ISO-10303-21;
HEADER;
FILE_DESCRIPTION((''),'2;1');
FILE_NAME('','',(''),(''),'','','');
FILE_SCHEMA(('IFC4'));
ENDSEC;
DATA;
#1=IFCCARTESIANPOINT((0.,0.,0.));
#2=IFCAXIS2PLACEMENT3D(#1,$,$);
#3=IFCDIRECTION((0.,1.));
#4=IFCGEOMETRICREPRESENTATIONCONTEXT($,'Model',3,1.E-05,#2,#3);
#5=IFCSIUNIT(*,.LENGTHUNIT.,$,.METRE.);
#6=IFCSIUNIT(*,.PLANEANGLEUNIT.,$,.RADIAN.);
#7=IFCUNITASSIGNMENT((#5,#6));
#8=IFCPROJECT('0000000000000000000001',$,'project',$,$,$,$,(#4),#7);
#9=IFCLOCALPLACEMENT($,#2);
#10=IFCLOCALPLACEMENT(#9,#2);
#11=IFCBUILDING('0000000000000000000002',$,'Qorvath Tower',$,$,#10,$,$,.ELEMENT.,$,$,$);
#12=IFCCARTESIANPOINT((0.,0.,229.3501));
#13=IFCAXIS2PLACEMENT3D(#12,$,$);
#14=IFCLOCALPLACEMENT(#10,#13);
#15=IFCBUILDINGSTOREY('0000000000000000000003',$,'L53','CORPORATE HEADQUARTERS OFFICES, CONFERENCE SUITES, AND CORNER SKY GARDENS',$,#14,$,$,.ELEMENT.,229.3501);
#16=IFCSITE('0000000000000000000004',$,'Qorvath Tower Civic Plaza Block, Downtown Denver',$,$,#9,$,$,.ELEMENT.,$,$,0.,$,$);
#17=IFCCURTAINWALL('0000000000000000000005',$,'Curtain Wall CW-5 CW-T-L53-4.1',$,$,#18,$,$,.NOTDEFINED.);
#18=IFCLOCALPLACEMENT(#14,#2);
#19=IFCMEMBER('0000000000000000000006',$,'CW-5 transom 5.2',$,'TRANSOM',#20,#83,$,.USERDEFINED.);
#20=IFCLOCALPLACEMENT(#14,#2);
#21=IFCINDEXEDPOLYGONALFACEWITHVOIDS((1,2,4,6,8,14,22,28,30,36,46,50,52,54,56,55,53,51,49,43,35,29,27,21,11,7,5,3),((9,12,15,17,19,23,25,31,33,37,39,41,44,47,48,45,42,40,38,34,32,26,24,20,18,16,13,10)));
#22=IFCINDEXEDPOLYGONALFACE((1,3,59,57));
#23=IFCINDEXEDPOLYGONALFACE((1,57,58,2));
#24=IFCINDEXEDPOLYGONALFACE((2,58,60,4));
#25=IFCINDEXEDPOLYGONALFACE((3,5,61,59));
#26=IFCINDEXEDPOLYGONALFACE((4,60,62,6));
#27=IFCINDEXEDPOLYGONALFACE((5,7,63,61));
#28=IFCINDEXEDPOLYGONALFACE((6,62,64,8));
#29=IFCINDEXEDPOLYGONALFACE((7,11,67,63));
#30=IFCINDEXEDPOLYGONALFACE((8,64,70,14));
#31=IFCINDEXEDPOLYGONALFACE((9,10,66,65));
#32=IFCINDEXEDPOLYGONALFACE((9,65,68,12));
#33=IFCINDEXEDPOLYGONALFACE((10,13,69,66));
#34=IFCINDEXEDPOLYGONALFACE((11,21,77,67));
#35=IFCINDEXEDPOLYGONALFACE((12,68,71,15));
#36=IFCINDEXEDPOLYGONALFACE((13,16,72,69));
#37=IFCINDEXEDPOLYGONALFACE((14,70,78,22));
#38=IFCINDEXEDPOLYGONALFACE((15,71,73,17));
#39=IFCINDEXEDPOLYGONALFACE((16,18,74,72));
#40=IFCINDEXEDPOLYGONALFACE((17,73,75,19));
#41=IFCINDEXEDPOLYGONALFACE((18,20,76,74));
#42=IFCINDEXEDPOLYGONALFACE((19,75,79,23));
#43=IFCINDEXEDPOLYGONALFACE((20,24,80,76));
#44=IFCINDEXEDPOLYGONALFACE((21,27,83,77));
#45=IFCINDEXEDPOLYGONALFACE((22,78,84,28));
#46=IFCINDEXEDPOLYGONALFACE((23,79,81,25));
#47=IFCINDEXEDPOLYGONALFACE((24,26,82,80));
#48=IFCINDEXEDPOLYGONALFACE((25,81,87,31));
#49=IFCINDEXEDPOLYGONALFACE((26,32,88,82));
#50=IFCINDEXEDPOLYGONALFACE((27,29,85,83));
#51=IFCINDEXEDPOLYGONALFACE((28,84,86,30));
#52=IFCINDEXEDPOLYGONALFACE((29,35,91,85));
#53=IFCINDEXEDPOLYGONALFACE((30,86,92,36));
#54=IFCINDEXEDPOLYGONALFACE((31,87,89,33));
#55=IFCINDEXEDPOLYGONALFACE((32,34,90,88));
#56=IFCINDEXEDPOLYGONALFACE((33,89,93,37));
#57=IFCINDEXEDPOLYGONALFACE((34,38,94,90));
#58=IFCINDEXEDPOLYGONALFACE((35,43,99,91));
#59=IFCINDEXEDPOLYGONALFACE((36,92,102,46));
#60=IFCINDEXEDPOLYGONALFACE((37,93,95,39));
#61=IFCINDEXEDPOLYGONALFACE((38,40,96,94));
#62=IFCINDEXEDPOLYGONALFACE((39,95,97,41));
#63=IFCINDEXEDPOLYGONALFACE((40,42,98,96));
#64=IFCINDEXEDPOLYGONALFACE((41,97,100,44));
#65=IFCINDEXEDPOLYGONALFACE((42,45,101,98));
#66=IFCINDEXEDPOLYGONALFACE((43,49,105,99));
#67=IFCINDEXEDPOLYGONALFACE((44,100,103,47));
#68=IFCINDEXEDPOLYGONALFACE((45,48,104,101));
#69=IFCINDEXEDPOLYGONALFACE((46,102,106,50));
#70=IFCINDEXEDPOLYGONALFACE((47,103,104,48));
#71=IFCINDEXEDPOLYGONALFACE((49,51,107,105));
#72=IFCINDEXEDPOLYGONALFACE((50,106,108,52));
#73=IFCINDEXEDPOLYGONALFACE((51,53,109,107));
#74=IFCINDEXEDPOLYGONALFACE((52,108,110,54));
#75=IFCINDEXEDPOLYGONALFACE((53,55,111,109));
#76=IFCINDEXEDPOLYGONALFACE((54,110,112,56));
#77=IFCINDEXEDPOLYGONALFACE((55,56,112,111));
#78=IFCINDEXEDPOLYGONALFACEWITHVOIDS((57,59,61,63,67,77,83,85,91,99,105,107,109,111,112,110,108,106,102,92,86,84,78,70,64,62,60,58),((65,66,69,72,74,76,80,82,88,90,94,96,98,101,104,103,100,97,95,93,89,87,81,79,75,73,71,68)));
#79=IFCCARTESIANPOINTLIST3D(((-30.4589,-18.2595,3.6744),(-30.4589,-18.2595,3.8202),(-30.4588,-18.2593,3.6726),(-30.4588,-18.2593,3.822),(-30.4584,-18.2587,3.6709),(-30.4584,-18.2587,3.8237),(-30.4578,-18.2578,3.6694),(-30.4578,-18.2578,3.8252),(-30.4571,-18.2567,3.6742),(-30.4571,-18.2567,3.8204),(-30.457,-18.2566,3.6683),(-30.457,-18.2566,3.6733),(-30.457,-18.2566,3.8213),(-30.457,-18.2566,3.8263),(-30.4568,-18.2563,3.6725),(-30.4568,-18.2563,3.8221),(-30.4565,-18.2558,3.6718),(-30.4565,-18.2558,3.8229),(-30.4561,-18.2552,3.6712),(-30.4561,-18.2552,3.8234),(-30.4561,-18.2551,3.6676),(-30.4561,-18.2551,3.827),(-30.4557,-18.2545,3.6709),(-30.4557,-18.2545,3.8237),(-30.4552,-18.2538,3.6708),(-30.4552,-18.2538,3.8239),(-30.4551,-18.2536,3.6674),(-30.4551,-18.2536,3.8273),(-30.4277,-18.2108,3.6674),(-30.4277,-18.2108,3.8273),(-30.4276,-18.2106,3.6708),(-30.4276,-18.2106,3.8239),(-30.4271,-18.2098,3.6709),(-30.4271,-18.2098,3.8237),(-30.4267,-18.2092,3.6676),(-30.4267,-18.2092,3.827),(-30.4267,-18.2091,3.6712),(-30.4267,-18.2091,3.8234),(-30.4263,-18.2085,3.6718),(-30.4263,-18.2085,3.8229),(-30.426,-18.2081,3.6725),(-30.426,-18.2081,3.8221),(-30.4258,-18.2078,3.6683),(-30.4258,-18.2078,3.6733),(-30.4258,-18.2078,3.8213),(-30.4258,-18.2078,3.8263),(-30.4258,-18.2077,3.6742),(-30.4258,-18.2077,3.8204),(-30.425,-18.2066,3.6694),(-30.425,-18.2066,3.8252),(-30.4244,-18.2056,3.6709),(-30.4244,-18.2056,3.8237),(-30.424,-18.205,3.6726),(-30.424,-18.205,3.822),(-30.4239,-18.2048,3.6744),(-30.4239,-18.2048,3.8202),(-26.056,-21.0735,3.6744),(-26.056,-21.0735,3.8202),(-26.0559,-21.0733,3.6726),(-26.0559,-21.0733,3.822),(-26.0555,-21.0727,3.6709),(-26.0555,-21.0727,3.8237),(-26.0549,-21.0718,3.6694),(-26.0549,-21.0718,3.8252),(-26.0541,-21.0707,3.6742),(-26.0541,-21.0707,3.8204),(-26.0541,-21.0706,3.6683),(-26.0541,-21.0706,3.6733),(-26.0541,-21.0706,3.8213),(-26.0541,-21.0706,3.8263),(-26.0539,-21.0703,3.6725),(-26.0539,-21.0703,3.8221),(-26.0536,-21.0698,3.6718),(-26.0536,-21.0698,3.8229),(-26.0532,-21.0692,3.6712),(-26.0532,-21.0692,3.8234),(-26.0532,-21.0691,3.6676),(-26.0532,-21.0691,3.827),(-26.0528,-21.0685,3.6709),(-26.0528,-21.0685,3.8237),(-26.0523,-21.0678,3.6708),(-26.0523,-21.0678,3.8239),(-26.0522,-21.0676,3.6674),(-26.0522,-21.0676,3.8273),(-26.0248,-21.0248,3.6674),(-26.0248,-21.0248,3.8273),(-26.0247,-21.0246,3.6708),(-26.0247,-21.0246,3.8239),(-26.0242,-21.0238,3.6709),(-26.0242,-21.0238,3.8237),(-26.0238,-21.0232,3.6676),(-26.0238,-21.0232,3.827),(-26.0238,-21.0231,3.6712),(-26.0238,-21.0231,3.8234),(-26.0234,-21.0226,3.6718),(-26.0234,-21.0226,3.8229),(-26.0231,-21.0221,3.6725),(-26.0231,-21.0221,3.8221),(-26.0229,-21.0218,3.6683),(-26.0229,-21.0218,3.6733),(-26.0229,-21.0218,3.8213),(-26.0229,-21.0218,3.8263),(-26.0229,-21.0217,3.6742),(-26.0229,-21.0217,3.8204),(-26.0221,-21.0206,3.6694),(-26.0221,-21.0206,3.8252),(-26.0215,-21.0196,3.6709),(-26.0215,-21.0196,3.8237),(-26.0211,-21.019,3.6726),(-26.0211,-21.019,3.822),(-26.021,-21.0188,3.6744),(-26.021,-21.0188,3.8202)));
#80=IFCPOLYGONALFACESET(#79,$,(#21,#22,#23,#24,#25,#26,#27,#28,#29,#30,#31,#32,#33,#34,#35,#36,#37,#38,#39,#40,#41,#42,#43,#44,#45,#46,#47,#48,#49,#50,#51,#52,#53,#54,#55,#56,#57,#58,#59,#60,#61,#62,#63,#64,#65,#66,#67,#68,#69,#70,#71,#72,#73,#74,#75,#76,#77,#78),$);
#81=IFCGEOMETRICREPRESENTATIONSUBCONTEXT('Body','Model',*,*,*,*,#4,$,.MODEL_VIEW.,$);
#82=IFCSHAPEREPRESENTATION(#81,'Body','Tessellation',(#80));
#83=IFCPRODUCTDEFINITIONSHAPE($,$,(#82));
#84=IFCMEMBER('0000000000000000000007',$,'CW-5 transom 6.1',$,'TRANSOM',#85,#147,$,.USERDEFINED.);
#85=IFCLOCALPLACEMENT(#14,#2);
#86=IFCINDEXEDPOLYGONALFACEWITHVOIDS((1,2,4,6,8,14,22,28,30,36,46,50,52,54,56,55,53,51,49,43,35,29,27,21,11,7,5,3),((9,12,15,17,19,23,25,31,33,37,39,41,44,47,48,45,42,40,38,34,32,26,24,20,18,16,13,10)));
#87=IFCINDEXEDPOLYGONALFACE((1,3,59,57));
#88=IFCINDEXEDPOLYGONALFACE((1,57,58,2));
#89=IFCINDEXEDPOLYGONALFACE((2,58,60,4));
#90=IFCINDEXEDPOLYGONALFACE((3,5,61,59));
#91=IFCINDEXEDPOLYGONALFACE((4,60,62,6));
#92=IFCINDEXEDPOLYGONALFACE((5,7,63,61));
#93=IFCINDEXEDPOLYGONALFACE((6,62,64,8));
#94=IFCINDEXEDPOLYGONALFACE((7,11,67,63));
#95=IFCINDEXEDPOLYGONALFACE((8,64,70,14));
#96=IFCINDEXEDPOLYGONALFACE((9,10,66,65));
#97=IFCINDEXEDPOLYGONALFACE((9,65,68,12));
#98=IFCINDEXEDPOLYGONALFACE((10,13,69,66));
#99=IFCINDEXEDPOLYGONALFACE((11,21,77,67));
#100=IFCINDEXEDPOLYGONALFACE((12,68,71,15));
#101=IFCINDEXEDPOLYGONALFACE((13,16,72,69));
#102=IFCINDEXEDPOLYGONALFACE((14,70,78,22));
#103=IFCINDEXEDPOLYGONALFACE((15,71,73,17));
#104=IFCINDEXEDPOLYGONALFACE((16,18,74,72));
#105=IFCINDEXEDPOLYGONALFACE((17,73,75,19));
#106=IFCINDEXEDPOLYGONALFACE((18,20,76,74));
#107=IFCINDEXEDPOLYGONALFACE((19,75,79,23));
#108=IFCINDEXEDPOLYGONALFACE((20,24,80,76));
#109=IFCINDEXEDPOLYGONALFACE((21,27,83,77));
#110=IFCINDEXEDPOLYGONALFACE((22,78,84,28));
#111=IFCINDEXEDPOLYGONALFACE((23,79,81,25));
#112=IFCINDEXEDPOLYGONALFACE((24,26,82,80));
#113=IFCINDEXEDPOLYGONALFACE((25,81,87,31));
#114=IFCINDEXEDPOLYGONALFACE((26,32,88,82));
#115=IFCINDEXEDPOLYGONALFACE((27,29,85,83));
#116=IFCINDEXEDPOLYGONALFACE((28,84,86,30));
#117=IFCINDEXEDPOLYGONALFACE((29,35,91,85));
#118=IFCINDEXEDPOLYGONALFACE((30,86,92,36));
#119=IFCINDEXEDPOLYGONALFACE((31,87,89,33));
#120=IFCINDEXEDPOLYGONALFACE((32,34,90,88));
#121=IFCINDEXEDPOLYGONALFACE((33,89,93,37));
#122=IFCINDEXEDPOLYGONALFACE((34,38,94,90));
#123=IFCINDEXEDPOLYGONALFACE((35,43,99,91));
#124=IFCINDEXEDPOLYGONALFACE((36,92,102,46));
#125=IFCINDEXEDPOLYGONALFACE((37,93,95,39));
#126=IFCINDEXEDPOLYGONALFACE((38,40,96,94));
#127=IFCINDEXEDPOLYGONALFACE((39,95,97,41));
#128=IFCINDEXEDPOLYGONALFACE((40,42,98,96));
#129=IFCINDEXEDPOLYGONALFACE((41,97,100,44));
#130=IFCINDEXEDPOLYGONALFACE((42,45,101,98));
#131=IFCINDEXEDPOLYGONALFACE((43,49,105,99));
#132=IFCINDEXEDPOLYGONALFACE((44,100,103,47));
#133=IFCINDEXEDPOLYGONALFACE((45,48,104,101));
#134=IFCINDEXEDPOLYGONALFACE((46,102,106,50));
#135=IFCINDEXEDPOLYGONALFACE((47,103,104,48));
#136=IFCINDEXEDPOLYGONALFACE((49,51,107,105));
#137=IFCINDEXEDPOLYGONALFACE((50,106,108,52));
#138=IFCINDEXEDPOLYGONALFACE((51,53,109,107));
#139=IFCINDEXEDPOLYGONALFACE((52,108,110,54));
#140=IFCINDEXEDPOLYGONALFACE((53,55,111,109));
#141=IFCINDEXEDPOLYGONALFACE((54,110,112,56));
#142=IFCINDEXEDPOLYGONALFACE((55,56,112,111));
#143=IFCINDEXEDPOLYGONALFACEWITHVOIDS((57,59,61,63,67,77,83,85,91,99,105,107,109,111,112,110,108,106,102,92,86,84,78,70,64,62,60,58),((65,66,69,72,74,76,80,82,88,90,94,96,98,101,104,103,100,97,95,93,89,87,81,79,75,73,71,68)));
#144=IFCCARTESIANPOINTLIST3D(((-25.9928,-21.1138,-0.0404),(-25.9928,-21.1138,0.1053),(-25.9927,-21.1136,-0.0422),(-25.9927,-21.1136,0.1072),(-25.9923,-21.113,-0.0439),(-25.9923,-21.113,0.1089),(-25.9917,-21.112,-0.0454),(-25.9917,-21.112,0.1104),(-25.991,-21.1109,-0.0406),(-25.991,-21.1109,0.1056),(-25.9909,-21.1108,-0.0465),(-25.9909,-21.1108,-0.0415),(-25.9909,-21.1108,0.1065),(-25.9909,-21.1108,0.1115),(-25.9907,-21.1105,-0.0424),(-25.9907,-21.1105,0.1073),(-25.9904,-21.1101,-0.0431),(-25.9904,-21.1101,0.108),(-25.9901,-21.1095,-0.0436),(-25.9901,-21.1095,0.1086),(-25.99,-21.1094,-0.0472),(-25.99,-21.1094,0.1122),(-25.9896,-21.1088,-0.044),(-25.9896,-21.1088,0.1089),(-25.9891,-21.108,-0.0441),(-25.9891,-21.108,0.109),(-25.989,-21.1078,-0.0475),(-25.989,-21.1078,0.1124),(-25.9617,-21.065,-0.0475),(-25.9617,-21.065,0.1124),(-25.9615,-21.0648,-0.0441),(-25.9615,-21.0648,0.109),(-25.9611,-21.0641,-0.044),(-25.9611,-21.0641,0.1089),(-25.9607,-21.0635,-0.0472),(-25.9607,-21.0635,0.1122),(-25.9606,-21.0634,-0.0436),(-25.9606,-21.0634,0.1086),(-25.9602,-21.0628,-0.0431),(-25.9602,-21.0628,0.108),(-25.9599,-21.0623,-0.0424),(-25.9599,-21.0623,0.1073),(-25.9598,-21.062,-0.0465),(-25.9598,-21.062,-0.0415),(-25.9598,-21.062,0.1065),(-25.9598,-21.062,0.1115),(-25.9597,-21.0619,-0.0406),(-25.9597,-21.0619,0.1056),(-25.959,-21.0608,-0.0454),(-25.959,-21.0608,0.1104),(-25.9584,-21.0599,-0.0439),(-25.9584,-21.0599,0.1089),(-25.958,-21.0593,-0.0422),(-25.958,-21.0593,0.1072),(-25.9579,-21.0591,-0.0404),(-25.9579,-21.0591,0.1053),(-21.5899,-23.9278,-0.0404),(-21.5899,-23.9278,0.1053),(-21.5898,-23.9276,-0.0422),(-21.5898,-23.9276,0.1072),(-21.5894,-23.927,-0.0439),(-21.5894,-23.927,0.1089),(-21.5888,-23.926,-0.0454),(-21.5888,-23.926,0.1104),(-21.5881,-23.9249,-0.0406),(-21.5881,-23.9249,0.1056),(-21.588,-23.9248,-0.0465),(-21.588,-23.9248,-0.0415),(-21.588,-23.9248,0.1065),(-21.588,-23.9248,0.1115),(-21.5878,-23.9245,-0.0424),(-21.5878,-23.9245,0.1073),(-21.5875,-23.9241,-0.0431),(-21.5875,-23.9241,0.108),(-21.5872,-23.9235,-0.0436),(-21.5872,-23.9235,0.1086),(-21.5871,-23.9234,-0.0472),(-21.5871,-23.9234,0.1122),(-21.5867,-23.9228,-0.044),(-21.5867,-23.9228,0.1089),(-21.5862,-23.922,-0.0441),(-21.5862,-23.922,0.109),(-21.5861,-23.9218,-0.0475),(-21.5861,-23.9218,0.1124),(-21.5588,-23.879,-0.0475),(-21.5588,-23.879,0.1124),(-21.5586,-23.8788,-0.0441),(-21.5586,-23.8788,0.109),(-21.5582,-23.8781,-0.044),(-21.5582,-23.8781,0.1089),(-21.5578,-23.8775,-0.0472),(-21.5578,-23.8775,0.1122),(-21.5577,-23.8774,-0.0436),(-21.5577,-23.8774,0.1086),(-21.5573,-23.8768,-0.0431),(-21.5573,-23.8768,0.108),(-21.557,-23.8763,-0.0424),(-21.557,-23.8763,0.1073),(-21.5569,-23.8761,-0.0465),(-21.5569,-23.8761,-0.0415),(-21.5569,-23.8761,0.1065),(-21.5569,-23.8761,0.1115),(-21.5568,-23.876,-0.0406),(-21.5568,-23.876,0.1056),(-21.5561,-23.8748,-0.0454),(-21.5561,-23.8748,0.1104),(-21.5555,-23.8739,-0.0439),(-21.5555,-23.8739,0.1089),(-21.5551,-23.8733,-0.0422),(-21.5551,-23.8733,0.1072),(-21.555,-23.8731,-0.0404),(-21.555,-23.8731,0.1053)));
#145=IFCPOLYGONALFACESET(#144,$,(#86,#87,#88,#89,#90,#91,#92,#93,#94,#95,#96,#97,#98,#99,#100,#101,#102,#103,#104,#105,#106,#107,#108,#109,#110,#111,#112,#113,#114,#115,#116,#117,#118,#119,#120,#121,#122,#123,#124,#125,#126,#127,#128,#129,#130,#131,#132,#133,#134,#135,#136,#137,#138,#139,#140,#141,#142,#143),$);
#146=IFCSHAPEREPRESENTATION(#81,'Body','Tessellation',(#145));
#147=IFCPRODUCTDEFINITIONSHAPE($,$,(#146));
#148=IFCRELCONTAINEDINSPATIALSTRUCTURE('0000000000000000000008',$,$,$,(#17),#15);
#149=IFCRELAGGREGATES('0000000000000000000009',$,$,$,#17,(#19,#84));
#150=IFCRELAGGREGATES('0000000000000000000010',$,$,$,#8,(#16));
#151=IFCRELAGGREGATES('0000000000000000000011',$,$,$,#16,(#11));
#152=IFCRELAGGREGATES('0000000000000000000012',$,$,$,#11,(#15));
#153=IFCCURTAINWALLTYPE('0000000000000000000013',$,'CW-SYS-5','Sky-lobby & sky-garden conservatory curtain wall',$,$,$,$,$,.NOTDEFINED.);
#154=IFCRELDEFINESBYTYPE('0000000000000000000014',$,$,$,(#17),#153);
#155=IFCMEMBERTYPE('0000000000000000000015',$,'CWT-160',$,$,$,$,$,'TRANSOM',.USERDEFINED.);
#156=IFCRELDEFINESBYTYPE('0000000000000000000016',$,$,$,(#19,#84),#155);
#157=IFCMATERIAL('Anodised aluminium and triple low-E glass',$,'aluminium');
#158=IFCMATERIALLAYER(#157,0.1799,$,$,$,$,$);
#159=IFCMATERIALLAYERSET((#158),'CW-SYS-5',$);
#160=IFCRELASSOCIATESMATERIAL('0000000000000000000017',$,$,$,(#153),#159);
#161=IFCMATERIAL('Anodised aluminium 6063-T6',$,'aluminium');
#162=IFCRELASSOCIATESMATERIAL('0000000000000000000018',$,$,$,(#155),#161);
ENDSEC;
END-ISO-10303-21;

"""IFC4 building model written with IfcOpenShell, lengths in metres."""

from ifc_helpers import new_model, si_unit, direction, frame, origin, origin_2d, place, context, subcontext, project, spatial, hollow_rectangle, extrude, material, layer, layer_set, material_profile, profile_set, type_object, element, aggregate, save


model = new_model("IFC4")

# Units and contexts
model_context = context("Model", 3, precision=1e-05, world=origin(), true_north=direction((0.0, 1.0)))
body_context = subcontext(model_context, "Body", "Model", "MODEL_VIEW")
ifc_project = project(units=[si_unit("LENGTHUNIT", "METRE"), si_unit("PLANEANGLEUNIT", "RADIAN")], contexts=[model_context])

# Site, building, storey
site_placement = place(None, origin())
site = spatial("IfcSite", under=ifc_project, at=site_placement, Name="Qorvath Tower Civic Plaza Block, Downtown Denver", CompositionType="ELEMENT", RefElevation=0.0)
building_placement = place(site_placement, origin())
building = spatial("IfcBuilding", under=site, at=building_placement, Name="Qorvath Tower", CompositionType="ELEMENT")
storey_placement = place(building_placement, frame((0.0, 0.0, 229.3501)))
storey = spatial("IfcBuildingStorey", under=building, at=storey_placement, Name="L53", Description="CORPORATE HEADQUARTERS OFFICES, CONFERENCE SUITES, AND CORNER SKY GARDENS", CompositionType="ELEMENT", Elevation=229.3501)

# Curtain wall, members
ifc_material_1 = material(Name="Anodised aluminium and triple low-E glass", Category="aluminium")
ifc_layer_1 = layer(ifc_material_1, 0.1799)
ifc_layer_set_1 = layer_set([ifc_layer_1], Name="CW-SYS-5")
curtain_wall_type = type_object("IfcCurtainWallType", Name="CW-SYS-5", Description="Sky-lobby & sky-garden conservatory curtain wall", PredefinedType="NOTDEFINED", material=ifc_layer_set_1)
curtain_wall_placement = place(storey_placement, origin())
curtain_wall = element("IfcCurtainWall", 1, at=curtain_wall_placement, inside=storey, type_object=curtain_wall_type, Name="Curtain Wall CW-5 CW-T-L53-4.1", PredefinedType="NOTDEFINED")
ifc_material_2 = material(Name="Anodised aluminium 6063-T6", Category="aluminium")
ifc_material_profile_1 = material_profile(ifc_material_2, hollow_rectangle(XDim=0.0649, YDim=0.1599, WallThickness=0.0034, InnerFilletRadius=0.0034, OuterFilletRadius=0.0071, at=origin_2d()), Name="CWT 160x65")
ifc_profile_set_1 = profile_set([ifc_material_profile_1], Name="Anodised aluminium 6063-T6")
member_type_1 = type_object("IfcMemberType", Name="CWT-160", ElementType="TRANSOM", PredefinedType="USERDEFINED", material=ifc_profile_set_1)
member_1_placement = place(storey_placement, frame((-30.4414, -18.2322, 3.7473), z_axis=(0.842606, -0.538531, 0.0), x_axis=(0.538531, 0.842606, 0.0)))
member_1 = element("IfcMember", 2, at=member_1_placement, type_object=member_type_1, Name="CW-5 transom 5.2", ObjectType="TRANSOM", PredefinedType="USERDEFINED", context=body_context, shape_type="SweptSolid", body=[
    extrude(hollow_rectangle(XDim=0.0649, YDim=0.1599, WallThickness=0.0034, InnerFilletRadius=0.0034, OuterFilletRadius=0.0071, at=origin_2d()), origin(), (0.0, 0.0, 1.0), 5.2253),
])
member_2_placement = place(storey_placement, frame((-25.9753, -21.0864, 0.0325), z_axis=(0.842606, -0.538531, 0.0), x_axis=(0.538531, 0.842606, 0.0)))
member_2 = element("IfcMember", 3, at=member_2_placement, type_object=member_type_1, Name="CW-5 transom 6.1", ObjectType="TRANSOM", PredefinedType="USERDEFINED", context=body_context, shape_type="SweptSolid", body=[
    extrude(hollow_rectangle(XDim=0.0649, YDim=0.1599, WallThickness=0.0034, InnerFilletRadius=0.0034, OuterFilletRadius=0.0071, at=origin_2d()), origin(), (0.0, 0.0, 1.0), 5.2253),
])
aggregate(curtain_wall, [member_1, member_2])

save(model, "model.ifc")
